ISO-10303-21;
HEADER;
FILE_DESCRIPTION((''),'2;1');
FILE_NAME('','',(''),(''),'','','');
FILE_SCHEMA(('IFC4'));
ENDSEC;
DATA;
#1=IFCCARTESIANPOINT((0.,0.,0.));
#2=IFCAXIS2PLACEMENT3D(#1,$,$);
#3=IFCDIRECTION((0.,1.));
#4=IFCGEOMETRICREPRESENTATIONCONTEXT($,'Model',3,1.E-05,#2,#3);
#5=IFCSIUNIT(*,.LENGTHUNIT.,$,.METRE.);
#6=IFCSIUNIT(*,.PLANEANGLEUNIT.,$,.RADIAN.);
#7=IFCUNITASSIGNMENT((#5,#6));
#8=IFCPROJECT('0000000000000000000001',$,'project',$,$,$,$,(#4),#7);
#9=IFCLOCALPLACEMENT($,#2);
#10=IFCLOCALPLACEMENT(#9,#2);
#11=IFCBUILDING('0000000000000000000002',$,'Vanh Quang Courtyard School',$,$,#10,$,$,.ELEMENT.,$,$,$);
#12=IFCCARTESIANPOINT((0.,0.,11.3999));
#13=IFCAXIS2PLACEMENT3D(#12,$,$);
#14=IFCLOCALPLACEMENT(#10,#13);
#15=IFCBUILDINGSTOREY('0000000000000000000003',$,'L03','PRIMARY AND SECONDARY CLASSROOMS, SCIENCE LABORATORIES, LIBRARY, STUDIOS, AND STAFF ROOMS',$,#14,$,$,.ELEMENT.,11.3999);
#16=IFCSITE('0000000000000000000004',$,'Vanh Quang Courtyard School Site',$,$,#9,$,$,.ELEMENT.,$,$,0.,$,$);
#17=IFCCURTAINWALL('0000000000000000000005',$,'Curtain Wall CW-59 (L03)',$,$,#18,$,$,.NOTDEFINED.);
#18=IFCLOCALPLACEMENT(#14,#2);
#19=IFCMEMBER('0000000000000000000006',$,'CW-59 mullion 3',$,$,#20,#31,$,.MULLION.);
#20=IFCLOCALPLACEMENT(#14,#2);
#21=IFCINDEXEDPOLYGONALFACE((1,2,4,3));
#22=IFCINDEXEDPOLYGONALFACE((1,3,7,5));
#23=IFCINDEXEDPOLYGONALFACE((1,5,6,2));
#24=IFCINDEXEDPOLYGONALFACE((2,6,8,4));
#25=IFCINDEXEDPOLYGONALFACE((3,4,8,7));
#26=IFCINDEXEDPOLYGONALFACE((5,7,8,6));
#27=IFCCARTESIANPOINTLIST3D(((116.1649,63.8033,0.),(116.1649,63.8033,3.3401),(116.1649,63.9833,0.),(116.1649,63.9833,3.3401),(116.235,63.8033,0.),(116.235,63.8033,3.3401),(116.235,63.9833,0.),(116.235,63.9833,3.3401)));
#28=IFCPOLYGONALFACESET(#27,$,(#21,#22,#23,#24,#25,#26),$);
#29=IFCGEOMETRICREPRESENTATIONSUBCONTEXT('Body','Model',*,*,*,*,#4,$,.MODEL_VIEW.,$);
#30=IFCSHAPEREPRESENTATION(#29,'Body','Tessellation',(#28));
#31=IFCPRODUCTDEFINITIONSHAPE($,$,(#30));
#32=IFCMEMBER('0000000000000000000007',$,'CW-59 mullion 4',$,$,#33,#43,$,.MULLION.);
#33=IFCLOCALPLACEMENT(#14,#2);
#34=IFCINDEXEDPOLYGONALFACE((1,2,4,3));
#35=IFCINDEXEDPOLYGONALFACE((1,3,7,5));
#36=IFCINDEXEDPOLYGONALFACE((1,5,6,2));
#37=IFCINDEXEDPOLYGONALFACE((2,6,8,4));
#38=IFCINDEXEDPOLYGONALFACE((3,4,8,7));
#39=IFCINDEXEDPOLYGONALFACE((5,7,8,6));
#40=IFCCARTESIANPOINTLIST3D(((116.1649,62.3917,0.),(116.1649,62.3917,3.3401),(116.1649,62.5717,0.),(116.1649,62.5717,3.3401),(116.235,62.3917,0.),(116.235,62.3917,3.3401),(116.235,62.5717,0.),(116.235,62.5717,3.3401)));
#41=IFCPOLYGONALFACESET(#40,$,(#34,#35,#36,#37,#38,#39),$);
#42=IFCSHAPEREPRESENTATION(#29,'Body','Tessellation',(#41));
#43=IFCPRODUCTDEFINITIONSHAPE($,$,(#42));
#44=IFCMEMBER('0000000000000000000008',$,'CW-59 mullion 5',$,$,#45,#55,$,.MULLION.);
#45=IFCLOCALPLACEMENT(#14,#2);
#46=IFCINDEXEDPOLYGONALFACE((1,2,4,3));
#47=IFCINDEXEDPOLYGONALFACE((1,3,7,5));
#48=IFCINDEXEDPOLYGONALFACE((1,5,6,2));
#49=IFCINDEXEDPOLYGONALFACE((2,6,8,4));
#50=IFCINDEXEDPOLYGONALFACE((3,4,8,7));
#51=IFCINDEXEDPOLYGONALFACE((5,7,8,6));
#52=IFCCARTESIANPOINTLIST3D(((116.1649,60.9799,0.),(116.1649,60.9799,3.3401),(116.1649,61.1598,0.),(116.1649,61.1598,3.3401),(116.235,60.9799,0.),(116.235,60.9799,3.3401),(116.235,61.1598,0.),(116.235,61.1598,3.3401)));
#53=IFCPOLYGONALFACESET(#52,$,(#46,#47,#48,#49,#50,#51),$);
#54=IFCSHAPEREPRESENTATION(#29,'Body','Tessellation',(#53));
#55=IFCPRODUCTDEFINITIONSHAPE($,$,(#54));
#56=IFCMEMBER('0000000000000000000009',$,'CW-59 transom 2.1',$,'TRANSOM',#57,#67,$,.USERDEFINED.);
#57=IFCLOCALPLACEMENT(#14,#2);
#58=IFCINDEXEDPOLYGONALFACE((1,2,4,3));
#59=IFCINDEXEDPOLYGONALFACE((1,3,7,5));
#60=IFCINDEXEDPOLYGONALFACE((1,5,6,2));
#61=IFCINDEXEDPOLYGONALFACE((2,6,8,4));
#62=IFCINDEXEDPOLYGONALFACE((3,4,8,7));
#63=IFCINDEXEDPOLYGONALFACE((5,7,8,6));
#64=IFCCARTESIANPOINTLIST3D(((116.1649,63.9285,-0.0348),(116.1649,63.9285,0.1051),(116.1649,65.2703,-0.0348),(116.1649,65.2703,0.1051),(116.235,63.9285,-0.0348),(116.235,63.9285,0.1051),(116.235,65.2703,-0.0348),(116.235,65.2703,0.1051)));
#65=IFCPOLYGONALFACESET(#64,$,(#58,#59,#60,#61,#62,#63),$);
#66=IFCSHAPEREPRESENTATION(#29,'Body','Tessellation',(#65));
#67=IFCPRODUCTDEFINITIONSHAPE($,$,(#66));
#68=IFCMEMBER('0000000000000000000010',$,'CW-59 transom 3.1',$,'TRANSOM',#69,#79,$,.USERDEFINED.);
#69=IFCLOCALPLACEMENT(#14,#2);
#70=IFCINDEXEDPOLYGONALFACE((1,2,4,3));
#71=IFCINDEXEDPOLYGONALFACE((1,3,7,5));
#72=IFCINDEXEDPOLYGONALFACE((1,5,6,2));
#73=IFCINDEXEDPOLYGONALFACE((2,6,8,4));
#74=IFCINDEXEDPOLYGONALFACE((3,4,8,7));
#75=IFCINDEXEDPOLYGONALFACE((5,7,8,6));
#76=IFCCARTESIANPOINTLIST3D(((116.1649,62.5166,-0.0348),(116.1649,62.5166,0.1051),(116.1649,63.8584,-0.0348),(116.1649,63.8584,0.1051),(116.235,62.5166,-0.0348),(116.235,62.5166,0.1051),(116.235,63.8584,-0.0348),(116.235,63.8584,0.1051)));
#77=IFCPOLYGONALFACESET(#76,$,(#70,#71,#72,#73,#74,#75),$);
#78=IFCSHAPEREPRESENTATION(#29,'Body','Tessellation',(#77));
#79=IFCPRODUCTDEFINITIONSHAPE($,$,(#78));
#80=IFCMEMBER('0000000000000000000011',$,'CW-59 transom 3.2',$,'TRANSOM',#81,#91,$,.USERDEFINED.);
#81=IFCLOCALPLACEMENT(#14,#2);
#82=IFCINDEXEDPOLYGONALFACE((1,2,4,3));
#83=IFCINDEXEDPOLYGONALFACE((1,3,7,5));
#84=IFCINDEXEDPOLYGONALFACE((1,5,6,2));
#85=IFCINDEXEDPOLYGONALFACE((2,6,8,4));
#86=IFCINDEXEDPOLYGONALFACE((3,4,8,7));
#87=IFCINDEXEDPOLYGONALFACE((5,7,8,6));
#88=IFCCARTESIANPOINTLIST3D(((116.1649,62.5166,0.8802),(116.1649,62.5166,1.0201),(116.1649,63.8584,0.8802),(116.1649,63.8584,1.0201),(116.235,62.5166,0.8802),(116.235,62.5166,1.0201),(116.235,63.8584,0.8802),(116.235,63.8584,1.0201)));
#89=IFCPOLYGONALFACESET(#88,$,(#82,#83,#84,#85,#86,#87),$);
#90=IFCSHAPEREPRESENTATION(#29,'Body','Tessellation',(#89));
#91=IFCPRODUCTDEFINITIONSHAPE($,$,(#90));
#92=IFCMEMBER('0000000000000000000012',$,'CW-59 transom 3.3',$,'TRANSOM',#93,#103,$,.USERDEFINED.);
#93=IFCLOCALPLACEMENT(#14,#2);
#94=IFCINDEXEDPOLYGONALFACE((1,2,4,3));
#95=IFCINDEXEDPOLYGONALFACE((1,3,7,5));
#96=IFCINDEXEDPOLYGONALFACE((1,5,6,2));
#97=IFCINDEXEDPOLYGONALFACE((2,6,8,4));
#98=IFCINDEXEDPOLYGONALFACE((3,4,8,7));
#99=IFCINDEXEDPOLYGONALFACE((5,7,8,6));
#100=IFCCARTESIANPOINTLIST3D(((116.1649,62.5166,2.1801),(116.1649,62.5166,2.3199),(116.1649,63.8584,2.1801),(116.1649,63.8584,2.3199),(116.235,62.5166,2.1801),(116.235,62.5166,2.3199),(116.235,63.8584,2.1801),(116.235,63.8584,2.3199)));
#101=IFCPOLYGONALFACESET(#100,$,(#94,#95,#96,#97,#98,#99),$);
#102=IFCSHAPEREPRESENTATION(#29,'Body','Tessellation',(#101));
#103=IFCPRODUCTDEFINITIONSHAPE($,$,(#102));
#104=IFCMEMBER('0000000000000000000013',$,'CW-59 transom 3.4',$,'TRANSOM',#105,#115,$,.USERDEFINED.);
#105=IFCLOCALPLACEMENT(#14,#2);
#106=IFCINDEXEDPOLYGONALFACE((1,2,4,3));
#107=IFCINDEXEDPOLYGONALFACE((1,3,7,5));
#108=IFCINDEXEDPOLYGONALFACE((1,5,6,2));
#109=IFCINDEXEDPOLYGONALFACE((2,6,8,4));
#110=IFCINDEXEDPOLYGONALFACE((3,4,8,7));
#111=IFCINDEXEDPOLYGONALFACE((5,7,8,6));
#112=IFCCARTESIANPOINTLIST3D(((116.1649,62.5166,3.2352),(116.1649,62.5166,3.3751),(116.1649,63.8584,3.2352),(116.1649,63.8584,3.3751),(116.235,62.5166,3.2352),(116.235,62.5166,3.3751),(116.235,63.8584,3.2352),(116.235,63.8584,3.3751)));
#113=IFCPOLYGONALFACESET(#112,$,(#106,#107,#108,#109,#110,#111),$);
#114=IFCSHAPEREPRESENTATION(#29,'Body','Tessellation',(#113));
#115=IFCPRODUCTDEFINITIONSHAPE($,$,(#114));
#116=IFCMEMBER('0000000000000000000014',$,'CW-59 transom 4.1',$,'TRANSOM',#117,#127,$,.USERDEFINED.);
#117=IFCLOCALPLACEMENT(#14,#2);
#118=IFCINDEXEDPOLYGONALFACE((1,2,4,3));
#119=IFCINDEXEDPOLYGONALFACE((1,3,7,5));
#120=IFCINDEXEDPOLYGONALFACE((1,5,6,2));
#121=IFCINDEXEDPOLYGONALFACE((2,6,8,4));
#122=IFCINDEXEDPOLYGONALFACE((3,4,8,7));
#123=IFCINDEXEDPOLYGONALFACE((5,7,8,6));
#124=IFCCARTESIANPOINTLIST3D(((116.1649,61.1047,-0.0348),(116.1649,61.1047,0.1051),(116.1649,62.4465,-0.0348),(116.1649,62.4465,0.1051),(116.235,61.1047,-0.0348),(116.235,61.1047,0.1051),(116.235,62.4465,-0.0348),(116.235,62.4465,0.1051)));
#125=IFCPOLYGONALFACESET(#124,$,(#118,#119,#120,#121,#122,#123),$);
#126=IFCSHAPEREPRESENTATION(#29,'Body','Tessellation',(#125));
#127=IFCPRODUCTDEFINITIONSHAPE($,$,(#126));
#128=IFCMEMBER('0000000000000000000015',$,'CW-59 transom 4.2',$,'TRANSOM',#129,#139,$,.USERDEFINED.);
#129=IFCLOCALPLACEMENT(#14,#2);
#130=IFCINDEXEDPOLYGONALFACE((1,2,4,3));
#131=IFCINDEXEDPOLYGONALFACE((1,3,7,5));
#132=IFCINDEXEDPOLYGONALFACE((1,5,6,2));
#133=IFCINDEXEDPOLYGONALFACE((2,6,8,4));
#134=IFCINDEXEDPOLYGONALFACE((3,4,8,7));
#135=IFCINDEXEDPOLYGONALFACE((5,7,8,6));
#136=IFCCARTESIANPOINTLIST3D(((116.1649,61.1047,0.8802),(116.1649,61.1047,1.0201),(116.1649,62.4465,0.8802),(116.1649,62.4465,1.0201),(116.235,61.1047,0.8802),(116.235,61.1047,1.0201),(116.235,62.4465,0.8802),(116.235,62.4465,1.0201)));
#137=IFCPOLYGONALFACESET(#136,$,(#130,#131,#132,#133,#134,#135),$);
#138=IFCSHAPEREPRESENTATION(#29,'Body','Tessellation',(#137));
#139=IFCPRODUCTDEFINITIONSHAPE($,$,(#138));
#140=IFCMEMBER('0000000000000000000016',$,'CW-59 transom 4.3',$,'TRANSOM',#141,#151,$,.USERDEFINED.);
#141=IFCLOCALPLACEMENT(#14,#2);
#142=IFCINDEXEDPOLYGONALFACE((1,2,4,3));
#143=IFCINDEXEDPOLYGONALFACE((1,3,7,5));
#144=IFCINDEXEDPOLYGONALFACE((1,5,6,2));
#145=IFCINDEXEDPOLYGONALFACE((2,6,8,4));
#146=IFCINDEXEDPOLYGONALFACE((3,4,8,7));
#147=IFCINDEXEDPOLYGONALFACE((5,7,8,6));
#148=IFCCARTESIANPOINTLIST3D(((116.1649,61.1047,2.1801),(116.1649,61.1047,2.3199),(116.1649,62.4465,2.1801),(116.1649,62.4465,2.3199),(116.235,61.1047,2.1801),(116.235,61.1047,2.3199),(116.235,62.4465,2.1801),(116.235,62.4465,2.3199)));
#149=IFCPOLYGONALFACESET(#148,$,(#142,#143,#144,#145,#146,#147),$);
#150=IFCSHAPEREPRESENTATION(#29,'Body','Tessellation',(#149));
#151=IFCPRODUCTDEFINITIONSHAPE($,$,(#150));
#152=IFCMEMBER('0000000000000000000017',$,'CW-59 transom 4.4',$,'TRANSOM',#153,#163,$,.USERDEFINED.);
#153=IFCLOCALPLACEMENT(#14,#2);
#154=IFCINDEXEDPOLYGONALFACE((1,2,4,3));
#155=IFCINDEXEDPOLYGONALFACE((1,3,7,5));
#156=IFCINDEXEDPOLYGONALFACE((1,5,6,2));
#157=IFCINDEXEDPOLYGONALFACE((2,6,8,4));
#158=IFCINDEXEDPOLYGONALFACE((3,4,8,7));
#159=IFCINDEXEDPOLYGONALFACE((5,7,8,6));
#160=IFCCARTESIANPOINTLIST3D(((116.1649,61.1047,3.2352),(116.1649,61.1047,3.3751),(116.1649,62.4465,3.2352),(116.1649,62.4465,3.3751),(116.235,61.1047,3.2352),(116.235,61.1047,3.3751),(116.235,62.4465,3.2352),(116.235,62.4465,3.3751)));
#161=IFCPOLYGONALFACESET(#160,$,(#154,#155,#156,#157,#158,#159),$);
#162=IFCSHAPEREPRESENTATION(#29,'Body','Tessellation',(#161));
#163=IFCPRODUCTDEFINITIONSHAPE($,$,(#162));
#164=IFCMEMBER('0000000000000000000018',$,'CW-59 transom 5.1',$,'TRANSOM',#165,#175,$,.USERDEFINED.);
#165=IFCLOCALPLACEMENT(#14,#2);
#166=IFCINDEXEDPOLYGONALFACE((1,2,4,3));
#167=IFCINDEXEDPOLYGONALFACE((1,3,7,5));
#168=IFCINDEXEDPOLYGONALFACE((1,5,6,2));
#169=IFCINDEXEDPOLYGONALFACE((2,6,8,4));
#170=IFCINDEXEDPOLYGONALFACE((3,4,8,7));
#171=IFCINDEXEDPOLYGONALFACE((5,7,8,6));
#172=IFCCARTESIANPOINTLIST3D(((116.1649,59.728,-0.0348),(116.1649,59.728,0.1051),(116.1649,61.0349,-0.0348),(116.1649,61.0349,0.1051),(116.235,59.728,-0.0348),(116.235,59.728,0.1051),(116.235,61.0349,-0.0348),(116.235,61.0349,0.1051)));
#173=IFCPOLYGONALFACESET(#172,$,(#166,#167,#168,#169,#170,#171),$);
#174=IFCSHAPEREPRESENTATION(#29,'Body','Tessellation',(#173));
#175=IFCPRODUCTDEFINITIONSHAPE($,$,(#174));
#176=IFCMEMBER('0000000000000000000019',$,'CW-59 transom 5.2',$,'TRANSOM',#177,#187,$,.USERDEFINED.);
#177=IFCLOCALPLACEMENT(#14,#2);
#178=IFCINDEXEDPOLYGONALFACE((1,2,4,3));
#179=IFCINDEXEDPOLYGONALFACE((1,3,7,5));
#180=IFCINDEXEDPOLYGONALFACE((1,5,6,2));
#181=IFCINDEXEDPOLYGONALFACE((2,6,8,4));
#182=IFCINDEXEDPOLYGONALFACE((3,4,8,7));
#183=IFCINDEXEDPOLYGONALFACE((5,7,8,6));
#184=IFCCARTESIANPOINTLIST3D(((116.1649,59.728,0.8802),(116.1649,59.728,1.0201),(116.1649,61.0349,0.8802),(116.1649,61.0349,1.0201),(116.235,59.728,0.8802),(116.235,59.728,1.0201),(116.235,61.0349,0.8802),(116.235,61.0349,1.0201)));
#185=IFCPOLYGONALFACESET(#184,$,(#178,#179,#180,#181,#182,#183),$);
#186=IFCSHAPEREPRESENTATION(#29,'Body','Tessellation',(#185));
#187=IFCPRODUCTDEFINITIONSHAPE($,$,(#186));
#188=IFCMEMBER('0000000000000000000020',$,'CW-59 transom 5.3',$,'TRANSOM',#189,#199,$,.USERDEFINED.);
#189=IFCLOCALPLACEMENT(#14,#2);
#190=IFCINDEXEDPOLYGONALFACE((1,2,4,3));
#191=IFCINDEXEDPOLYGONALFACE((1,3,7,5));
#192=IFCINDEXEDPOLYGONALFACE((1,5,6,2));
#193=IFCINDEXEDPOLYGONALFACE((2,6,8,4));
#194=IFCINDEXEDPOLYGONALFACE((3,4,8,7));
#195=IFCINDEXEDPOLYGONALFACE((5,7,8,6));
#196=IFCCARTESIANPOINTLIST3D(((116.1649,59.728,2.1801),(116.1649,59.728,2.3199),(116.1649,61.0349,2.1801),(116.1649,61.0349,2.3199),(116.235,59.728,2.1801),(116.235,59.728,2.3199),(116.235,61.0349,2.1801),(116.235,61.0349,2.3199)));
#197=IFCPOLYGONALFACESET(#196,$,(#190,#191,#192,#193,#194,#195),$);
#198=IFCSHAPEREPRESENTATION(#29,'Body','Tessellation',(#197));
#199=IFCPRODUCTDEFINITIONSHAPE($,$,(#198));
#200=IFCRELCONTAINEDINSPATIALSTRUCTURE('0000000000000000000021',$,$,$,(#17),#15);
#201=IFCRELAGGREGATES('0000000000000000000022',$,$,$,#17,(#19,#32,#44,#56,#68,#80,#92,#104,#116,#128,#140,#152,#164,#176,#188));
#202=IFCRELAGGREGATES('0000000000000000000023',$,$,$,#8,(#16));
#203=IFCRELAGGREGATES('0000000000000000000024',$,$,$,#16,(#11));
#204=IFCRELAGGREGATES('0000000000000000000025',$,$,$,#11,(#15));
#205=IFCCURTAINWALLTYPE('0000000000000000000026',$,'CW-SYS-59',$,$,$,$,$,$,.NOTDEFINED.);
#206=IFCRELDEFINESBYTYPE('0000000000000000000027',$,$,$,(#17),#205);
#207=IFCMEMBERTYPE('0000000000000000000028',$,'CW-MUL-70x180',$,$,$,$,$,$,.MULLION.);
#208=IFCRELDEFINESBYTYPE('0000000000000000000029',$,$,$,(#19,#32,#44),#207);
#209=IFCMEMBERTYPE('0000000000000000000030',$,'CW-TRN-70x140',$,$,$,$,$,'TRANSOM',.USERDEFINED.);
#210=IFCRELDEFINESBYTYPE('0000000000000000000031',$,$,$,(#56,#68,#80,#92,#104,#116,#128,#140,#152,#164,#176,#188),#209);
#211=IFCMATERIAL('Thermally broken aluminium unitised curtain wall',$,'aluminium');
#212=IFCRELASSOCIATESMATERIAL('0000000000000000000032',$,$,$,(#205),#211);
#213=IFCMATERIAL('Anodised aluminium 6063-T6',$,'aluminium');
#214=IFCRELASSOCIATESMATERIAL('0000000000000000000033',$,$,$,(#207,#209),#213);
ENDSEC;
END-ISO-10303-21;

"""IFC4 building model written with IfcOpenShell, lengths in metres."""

from ifc_helpers import new_model, si_unit, direction, frame, origin, origin_2d, place, context, subcontext, project, spatial, rectangle, extrude, material, material_profile, profile_set, type_object, element, aggregate, save


model = new_model("IFC4")

# Units and contexts
model_context = context("Model", 3, precision=1e-05, world=origin(), true_north=direction((0.0, 1.0)))
body_context = subcontext(model_context, "Body", "Model", "MODEL_VIEW")
ifc_project = project(units=[si_unit("LENGTHUNIT", "METRE"), si_unit("PLANEANGLEUNIT", "RADIAN")], contexts=[model_context])

# Site, building, storey
site_placement = place(None, origin())
site = spatial("IfcSite", under=ifc_project, at=site_placement, Name="Vanh Quang Courtyard School Site", CompositionType="ELEMENT", RefElevation=0.0)
building_placement = place(site_placement, origin())
building = spatial("IfcBuilding", under=site, at=building_placement, Name="Vanh Quang Courtyard School", CompositionType="ELEMENT")
storey_placement = place(building_placement, frame((0.0, 0.0, 11.3999)))
storey = spatial("IfcBuildingStorey", under=building, at=storey_placement, Name="L03", Description="PRIMARY AND SECONDARY CLASSROOMS, SCIENCE LABORATORIES, LIBRARY, STUDIOS, AND STAFF ROOMS", CompositionType="ELEMENT", Elevation=11.3999)

# Curtain wall, members
ifc_material_1 = material(Name="Thermally broken aluminium unitised curtain wall", Category="aluminium")
curtain_wall_type = type_object("IfcCurtainWallType", Name="CW-SYS-59", PredefinedType="NOTDEFINED", material=ifc_material_1)
curtain_wall_placement = place(storey_placement, origin())
curtain_wall = element("IfcCurtainWall", 1, at=curtain_wall_placement, inside=storey, type_object=curtain_wall_type, Name="Curtain Wall CW-59 (L03)", PredefinedType="NOTDEFINED")
ifc_material_2 = material(Name="Anodised aluminium 6063-T6", Category="aluminium")
ifc_material_profile_1 = material_profile(ifc_material_2, rectangle(XDim=0.0701, YDim=0.1799, at=origin_2d()), Name="ALU-MUL 70x180")
ifc_profile_set_1 = profile_set([ifc_material_profile_1], Name="Anodised aluminium 6063-T6")
member_type_1 = type_object("IfcMemberType", Name="CW-MUL-70x180", PredefinedType="MULLION", material=ifc_profile_set_1)
member_1_placement = place(storey_placement, frame((116.2, 63.8933, 0.0), z_axis=(0.0, 0.0, 1.0), x_axis=(1.0, 0.0, 0.0)))
member_1 = element("IfcMember", 2, at=member_1_placement, type_object=member_type_1, Name="CW-59 mullion 3", PredefinedType="MULLION", context=body_context, shape_type="SweptSolid", body=[
    extrude(rectangle(XDim=0.0701, YDim=0.1799, at=origin_2d()), origin(), (0.0, 0.0, 1.0), 3.3401),
])
member_2_placement = place(storey_placement, frame((116.2, 62.4817, 0.0), z_axis=(0.0, 0.0, 1.0), x_axis=(1.0, 0.0, 0.0)))
member_2 = element("IfcMember", 3, at=member_2_placement, type_object=member_type_1, Name="CW-59 mullion 4", PredefinedType="MULLION", context=body_context, shape_type="SweptSolid", body=[
    extrude(rectangle(XDim=0.0701, YDim=0.1799, at=origin_2d()), origin(), (0.0, 0.0, 1.0), 3.3401),
])
member_3_placement = place(storey_placement, frame((116.2, 61.0698, 0.0), z_axis=(0.0, 0.0, 1.0), x_axis=(1.0, 0.0, 0.0)))
member_3 = element("IfcMember", 4, at=member_3_placement, type_object=member_type_1, Name="CW-59 mullion 5", PredefinedType="MULLION", context=body_context, shape_type="SweptSolid", body=[
    extrude(rectangle(XDim=0.0701, YDim=0.1799, at=origin_2d()), origin(), (0.0, 0.0, 1.0), 3.3401),
])
ifc_material_profile_2 = material_profile(ifc_material_2, rectangle(XDim=0.0701, YDim=0.1399, at=origin_2d()), Name="ALU-TRN 70x140")
ifc_profile_set_2 = profile_set([ifc_material_profile_2], Name="Anodised aluminium 6063-T6")
member_type_2 = type_object("IfcMemberType", Name="CW-TRN-70x140", ElementType="TRANSOM", PredefinedType="USERDEFINED", material=ifc_profile_set_2)
member_4_placement = place(storey_placement, frame((116.2, 65.2703, 0.0352), z_axis=(0.0, -1.0, 0.0), x_axis=(1.0, 0.0, 0.0)))
member_4 = element("IfcMember", 5, at=member_4_placement, type_object=member_type_2, Name="CW-59 transom 2.1", ObjectType="TRANSOM", PredefinedType="USERDEFINED", context=body_context, shape_type="SweptSolid", body=[
    extrude(rectangle(XDim=0.0701, YDim=0.1399, at=origin_2d()), origin(), (0.0, 0.0, 1.0), 1.3418),
])
member_5_placement = place(storey_placement, frame((116.2, 63.8584, 0.0352), z_axis=(0.0, -1.0, 0.0), x_axis=(1.0, 0.0, 0.0)))
member_5 = element("IfcMember", 6, at=member_5_placement, type_object=member_type_2, Name="CW-59 transom 3.1", ObjectType="TRANSOM", PredefinedType="USERDEFINED", context=body_context, shape_type="SweptSolid", body=[
    extrude(rectangle(XDim=0.0701, YDim=0.1399, at=origin_2d()), origin(), (0.0, 0.0, 1.0), 1.3418),
])
member_6_placement = place(storey_placement, frame((116.2, 63.8584, 0.9502), z_axis=(0.0, -1.0, 0.0), x_axis=(1.0, 0.0, 0.0)))
member_6 = element("IfcMember", 7, at=member_6_placement, type_object=member_type_2, Name="CW-59 transom 3.2", ObjectType="TRANSOM", PredefinedType="USERDEFINED", context=body_context, shape_type="SweptSolid", body=[
    extrude(rectangle(XDim=0.0701, YDim=0.1399, at=origin_2d()), origin(), (0.0, 0.0, 1.0), 1.3418),
])
member_7_placement = place(storey_placement, frame((116.2, 63.8584, 2.25), z_axis=(0.0, -1.0, 0.0), x_axis=(1.0, 0.0, 0.0)))
member_7 = element("IfcMember", 8, at=member_7_placement, type_object=member_type_2, Name="CW-59 transom 3.3", ObjectType="TRANSOM", PredefinedType="USERDEFINED", context=body_context, shape_type="SweptSolid", body=[
    extrude(rectangle(XDim=0.0701, YDim=0.1399, at=origin_2d()), origin(), (0.0, 0.0, 1.0), 1.3418),
])
member_8_placement = place(storey_placement, frame((116.2, 63.8584, 3.3052), z_axis=(0.0, -1.0, 0.0), x_axis=(1.0, 0.0, 0.0)))
member_8 = element("IfcMember", 9, at=member_8_placement, type_object=member_type_2, Name="CW-59 transom 3.4", ObjectType="TRANSOM", PredefinedType="USERDEFINED", context=body_context, shape_type="SweptSolid", body=[
    extrude(rectangle(XDim=0.0701, YDim=0.1399, at=origin_2d()), origin(), (0.0, 0.0, 1.0), 1.3418),
])
member_9_placement = place(storey_placement, frame((116.2, 62.4465, 0.0352), z_axis=(0.0, -1.0, 0.0), x_axis=(1.0, 0.0, 0.0)))
member_9 = element("IfcMember", 10, at=member_9_placement, type_object=member_type_2, Name="CW-59 transom 4.1", ObjectType="TRANSOM", PredefinedType="USERDEFINED", context=body_context, shape_type="SweptSolid", body=[
    extrude(rectangle(XDim=0.0701, YDim=0.1399, at=origin_2d()), origin(), (0.0, 0.0, 1.0), 1.3418),
])
member_10_placement = place(storey_placement, frame((116.2, 62.4465, 0.9502), z_axis=(0.0, -1.0, 0.0), x_axis=(1.0, 0.0, 0.0)))
member_10 = element("IfcMember", 11, at=member_10_placement, type_object=member_type_2, Name="CW-59 transom 4.2", ObjectType="TRANSOM", PredefinedType="USERDEFINED", context=body_context, shape_type="SweptSolid", body=[
    extrude(rectangle(XDim=0.0701, YDim=0.1399, at=origin_2d()), origin(), (0.0, 0.0, 1.0), 1.3418),
])
member_11_placement = place(storey_placement, frame((116.2, 62.4465, 2.25), z_axis=(0.0, -1.0, 0.0), x_axis=(1.0, 0.0, 0.0)))
member_11 = element("IfcMember", 12, at=member_11_placement, type_object=member_type_2, Name="CW-59 transom 4.3", ObjectType="TRANSOM", PredefinedType="USERDEFINED", context=body_context, shape_type="SweptSolid", body=[
    extrude(rectangle(XDim=0.0701, YDim=0.1399, at=origin_2d()), origin(), (0.0, 0.0, 1.0), 1.3418),
])
member_12_placement = place(storey_placement, frame((116.2, 62.4465, 3.3052), z_axis=(0.0, -1.0, 0.0), x_axis=(1.0, 0.0, 0.0)))
member_12 = element("IfcMember", 13, at=member_12_placement, type_object=member_type_2, Name="CW-59 transom 4.4", ObjectType="TRANSOM", PredefinedType="USERDEFINED", context=body_context, shape_type="SweptSolid", body=[
    extrude(rectangle(XDim=0.0701, YDim=0.1399, at=origin_2d()), origin(), (0.0, 0.0, 1.0), 1.3418),
])
member_13_placement = place(storey_placement, frame((116.2, 61.0349, 0.0352), z_axis=(0.0, -1.0, 0.0), x_axis=(1.0, 0.0, 0.0)))
member_13 = element("IfcMember", 14, at=member_13_placement, type_object=member_type_2, Name="CW-59 transom 5.1", ObjectType="TRANSOM", PredefinedType="USERDEFINED", context=body_context, shape_type="SweptSolid", body=[
    extrude(rectangle(XDim=0.0701, YDim=0.1399, at=origin_2d()), origin(), (0.0, 0.0, 1.0), 1.3069),
])
member_14_placement = place(storey_placement, frame((116.2, 61.0349, 0.9502), z_axis=(0.0, -1.0, 0.0), x_axis=(1.0, 0.0, 0.0)))
member_14 = element("IfcMember", 15, at=member_14_placement, type_object=member_type_2, Name="CW-59 transom 5.2", ObjectType="TRANSOM", PredefinedType="USERDEFINED", context=body_context, shape_type="SweptSolid", body=[
    extrude(rectangle(XDim=0.0701, YDim=0.1399, at=origin_2d()), origin(), (0.0, 0.0, 1.0), 1.3069),
])
member_15_placement = place(storey_placement, frame((116.2, 61.0349, 2.25), z_axis=(0.0, -1.0, 0.0), x_axis=(1.0, 0.0, 0.0)))
member_15 = element("IfcMember", 16, at=member_15_placement, type_object=member_type_2, Name="CW-59 transom 5.3", ObjectType="TRANSOM", PredefinedType="USERDEFINED", context=body_context, shape_type="SweptSolid", body=[
    extrude(rectangle(XDim=0.0701, YDim=0.1399, at=origin_2d()), origin(), (0.0, 0.0, 1.0), 1.3069),
])
aggregate(curtain_wall, [member_1, member_2, member_3, member_4, member_5, member_6, member_7, member_8, member_9, member_10, member_11, member_12, member_13, member_14, member_15])

save(model, "model.ifc")
